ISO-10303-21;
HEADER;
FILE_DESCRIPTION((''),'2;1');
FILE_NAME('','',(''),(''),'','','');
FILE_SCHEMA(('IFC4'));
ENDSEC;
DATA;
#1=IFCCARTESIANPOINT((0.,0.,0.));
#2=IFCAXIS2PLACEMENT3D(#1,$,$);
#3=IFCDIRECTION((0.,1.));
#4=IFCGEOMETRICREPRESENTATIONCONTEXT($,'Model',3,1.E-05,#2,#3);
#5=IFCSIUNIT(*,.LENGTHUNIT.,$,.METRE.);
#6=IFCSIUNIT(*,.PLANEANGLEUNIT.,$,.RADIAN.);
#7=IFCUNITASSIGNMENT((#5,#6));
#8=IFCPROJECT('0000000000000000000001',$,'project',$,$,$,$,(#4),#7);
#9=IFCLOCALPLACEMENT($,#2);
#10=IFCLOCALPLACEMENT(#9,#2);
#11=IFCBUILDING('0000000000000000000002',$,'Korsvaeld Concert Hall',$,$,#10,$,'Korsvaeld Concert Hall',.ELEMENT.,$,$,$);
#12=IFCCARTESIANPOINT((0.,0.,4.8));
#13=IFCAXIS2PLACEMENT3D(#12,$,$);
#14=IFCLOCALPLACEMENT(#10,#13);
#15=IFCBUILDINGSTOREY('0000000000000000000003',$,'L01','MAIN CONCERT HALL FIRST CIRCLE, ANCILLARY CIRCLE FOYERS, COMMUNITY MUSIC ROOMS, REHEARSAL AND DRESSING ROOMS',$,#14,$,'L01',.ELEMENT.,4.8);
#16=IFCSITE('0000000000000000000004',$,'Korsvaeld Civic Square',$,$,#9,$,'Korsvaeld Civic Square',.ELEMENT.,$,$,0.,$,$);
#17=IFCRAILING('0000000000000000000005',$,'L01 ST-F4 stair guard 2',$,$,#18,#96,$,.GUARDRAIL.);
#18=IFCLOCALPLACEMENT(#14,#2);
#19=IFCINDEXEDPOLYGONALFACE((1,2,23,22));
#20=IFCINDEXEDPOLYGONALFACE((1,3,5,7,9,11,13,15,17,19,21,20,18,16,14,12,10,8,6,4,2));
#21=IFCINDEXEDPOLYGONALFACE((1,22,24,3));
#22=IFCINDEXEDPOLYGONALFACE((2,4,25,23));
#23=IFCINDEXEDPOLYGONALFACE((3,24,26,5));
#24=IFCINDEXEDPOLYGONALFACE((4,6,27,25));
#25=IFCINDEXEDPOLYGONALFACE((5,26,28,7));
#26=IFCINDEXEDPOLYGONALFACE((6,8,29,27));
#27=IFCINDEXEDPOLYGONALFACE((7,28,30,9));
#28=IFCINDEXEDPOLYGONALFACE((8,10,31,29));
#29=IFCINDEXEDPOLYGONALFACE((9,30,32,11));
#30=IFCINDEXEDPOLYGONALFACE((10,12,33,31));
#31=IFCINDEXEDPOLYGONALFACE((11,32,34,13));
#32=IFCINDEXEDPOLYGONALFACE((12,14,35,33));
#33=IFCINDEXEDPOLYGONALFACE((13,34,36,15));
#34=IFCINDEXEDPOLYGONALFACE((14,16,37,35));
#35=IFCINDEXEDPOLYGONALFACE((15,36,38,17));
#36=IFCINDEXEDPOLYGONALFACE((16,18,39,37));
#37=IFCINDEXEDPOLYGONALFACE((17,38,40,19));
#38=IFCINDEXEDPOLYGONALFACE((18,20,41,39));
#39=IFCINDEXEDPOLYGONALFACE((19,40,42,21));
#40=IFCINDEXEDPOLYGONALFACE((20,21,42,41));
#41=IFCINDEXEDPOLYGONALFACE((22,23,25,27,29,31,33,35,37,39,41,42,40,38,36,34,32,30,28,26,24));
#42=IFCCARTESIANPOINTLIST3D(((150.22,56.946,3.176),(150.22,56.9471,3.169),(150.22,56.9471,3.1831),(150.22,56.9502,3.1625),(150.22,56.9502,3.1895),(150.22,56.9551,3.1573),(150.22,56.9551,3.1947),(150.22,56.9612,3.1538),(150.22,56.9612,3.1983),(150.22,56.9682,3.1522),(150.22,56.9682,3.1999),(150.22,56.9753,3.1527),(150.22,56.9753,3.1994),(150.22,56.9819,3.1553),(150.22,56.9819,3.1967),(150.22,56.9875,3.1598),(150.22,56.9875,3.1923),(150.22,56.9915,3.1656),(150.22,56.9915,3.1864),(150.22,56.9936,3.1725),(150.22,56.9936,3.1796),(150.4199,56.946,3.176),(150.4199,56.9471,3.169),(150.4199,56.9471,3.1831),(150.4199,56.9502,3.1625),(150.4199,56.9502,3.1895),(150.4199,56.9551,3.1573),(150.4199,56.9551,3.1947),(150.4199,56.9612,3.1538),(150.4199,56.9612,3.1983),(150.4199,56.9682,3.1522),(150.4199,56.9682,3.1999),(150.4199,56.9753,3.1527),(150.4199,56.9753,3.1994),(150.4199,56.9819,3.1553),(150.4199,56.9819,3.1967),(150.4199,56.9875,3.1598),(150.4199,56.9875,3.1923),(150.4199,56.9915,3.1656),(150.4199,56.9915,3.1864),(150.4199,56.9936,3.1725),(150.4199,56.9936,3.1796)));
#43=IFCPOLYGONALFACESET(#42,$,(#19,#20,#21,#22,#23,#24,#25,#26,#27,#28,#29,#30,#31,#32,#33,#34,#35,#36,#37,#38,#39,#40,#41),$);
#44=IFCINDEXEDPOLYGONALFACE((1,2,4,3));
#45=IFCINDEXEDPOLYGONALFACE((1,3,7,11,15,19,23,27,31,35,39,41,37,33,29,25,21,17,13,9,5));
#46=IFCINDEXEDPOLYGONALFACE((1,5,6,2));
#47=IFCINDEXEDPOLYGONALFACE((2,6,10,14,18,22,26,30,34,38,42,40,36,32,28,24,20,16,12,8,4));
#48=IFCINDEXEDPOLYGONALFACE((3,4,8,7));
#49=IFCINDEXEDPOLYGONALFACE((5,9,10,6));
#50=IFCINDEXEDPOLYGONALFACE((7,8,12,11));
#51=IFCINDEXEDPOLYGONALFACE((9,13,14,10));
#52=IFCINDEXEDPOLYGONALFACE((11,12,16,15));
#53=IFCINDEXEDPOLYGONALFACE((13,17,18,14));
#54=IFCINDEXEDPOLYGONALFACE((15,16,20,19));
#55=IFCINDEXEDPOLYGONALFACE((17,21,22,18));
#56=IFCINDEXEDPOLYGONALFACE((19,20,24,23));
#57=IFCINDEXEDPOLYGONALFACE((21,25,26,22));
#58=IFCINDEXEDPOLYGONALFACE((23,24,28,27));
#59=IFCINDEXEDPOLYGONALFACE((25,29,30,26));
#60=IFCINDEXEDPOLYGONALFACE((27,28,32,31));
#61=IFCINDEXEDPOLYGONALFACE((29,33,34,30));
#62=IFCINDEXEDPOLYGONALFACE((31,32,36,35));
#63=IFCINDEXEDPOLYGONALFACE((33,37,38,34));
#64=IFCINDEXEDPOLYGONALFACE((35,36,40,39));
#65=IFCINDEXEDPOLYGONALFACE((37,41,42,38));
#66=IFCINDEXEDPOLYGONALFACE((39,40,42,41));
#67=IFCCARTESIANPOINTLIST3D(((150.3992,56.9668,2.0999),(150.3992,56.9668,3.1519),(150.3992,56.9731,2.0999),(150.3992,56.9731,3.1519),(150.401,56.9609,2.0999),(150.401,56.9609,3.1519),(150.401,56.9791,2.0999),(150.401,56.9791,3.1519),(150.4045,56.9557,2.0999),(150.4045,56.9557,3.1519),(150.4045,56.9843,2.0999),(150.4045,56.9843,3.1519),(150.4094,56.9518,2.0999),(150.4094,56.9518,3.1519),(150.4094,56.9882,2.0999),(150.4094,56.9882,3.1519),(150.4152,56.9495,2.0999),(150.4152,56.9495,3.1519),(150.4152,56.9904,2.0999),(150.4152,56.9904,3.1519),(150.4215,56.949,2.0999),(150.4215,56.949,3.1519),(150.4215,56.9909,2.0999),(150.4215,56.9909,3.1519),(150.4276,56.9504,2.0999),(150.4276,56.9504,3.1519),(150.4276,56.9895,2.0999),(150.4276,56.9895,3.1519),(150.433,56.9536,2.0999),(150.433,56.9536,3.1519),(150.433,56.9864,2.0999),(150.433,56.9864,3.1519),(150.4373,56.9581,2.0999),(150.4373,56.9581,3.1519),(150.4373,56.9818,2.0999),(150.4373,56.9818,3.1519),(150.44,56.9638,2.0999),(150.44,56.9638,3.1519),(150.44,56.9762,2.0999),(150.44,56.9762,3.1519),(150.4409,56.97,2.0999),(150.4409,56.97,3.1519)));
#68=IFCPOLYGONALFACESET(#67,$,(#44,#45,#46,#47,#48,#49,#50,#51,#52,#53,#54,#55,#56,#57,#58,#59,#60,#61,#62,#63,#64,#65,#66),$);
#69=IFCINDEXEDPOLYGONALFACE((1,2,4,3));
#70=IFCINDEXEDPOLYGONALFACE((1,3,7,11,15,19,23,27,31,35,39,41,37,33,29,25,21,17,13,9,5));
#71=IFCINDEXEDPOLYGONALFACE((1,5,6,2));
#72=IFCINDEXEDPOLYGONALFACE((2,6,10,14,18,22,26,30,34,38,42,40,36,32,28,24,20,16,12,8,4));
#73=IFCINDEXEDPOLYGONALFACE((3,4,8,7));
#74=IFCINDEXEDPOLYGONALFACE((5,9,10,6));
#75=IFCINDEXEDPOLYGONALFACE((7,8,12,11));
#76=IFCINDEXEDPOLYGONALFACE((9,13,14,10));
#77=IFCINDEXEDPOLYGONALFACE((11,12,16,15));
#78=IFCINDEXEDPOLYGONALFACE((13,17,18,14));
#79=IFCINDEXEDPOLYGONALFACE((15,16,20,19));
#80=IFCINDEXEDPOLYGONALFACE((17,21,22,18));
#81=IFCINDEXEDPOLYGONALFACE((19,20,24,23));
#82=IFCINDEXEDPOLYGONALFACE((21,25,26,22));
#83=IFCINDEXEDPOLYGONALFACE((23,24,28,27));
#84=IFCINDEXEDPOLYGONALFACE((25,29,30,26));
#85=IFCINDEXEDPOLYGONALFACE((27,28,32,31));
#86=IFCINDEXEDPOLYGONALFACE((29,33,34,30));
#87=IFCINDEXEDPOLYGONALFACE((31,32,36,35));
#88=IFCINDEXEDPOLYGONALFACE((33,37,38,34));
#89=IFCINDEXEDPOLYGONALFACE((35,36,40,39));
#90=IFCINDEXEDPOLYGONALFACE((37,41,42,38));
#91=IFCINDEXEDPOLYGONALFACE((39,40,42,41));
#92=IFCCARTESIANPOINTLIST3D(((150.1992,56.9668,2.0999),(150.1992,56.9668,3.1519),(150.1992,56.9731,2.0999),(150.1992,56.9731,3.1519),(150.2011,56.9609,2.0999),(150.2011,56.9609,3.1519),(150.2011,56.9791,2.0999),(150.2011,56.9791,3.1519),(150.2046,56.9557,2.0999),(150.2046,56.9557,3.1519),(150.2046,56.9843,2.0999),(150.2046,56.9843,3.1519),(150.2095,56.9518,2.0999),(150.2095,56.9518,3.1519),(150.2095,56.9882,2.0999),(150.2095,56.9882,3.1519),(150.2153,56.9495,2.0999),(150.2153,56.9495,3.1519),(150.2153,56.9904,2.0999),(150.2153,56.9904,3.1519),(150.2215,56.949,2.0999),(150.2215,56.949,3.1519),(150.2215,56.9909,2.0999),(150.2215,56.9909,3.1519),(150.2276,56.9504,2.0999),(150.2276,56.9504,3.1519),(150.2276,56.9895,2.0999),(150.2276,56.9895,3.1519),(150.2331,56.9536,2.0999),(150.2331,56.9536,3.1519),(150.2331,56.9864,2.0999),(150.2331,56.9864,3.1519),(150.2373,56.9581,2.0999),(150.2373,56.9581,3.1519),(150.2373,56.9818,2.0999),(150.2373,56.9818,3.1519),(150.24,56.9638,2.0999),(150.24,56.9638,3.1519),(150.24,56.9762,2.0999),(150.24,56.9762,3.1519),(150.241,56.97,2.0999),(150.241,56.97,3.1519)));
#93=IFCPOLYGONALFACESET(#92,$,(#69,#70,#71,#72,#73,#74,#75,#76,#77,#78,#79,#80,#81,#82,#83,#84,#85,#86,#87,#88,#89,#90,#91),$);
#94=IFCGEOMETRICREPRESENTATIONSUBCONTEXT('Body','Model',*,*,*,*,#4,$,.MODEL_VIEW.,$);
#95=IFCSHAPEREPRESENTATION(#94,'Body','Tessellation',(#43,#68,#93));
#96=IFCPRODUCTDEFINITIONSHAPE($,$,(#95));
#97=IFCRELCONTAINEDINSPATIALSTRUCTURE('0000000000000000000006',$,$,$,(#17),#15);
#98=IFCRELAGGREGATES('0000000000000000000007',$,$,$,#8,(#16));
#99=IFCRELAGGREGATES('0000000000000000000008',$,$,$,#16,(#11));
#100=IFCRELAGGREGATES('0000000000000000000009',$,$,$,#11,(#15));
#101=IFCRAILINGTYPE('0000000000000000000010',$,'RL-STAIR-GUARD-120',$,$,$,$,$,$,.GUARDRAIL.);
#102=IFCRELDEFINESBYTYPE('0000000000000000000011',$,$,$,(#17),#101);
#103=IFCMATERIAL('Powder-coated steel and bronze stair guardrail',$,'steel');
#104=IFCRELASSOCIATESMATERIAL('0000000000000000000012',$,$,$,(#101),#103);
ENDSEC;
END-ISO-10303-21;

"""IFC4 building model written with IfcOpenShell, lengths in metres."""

from ifc_helpers import new_model, si_unit, direction, frame, origin, origin_2d, place, context, subcontext, project, spatial, circle, extrude, material, type_object, element, save


model = new_model("IFC4")

# Units and contexts
model_context = context("Model", 3, precision=1e-05, world=origin(), true_north=direction((0.0, 1.0)))
body_context = subcontext(model_context, "Body", "Model", "MODEL_VIEW")
ifc_project = project(units=[si_unit("LENGTHUNIT", "METRE"), si_unit("PLANEANGLEUNIT", "RADIAN")], contexts=[model_context])

# Site, building, storey
site_placement = place(None, origin())
site = spatial("IfcSite", under=ifc_project, at=site_placement, Name="Korsvaeld Civic Square", LongName="Korsvaeld Civic Square", CompositionType="ELEMENT", RefElevation=0.0)
building_placement = place(site_placement, origin())
building = spatial("IfcBuilding", under=site, at=building_placement, Name="Korsvaeld Concert Hall", LongName="Korsvaeld Concert Hall", CompositionType="ELEMENT")
storey_placement = place(building_placement, frame((0.0, 0.0, 4.8)))
storey = spatial("IfcBuildingStorey", under=building, at=storey_placement, Name="L01", Description="MAIN CONCERT HALL FIRST CIRCLE, ANCILLARY CIRCLE FOYERS, COMMUNITY MUSIC ROOMS, REHEARSAL AND DRESSING ROOMS", LongName="L01", CompositionType="ELEMENT", Elevation=4.8)

# Railing
ifc_material_1 = material(Name="Powder-coated steel and bronze stair guardrail", Category="steel")
railing_type_1 = type_object("IfcRailingType", Name="RL-STAIR-GUARD-120", PredefinedType="GUARDRAIL", material=ifc_material_1)
railing_1_placement = place(storey_placement, frame((150.4199, 56.97, 2.0999)))
element("IfcRailing", 1, at=railing_1_placement, inside=storey, type_object=railing_type_1, Name="L01 ST-F4 stair guard 2", PredefinedType="GUARDRAIL", context=body_context, shape_type="SweptSolid", body=[
    extrude(circle(Radius=0.0239, at=origin_2d()), frame((0.0, 0.0, 1.0762), z_axis=(-1.0, 0.0, 0.0), x_axis=(0.0, -1.0, 0.0)), (0.0, 0.0, 1.0), 0.2),
    extrude(circle(Radius=0.021, at=origin_2d()), origin(), (0.0, 0.0, 1.0), 1.052),
    extrude(circle(Radius=0.021, at=origin_2d()), frame((-0.2, 0.0, 0.0)), (0.0, 0.0, 1.0), 1.052),
])

save(model, "model.ifc")
